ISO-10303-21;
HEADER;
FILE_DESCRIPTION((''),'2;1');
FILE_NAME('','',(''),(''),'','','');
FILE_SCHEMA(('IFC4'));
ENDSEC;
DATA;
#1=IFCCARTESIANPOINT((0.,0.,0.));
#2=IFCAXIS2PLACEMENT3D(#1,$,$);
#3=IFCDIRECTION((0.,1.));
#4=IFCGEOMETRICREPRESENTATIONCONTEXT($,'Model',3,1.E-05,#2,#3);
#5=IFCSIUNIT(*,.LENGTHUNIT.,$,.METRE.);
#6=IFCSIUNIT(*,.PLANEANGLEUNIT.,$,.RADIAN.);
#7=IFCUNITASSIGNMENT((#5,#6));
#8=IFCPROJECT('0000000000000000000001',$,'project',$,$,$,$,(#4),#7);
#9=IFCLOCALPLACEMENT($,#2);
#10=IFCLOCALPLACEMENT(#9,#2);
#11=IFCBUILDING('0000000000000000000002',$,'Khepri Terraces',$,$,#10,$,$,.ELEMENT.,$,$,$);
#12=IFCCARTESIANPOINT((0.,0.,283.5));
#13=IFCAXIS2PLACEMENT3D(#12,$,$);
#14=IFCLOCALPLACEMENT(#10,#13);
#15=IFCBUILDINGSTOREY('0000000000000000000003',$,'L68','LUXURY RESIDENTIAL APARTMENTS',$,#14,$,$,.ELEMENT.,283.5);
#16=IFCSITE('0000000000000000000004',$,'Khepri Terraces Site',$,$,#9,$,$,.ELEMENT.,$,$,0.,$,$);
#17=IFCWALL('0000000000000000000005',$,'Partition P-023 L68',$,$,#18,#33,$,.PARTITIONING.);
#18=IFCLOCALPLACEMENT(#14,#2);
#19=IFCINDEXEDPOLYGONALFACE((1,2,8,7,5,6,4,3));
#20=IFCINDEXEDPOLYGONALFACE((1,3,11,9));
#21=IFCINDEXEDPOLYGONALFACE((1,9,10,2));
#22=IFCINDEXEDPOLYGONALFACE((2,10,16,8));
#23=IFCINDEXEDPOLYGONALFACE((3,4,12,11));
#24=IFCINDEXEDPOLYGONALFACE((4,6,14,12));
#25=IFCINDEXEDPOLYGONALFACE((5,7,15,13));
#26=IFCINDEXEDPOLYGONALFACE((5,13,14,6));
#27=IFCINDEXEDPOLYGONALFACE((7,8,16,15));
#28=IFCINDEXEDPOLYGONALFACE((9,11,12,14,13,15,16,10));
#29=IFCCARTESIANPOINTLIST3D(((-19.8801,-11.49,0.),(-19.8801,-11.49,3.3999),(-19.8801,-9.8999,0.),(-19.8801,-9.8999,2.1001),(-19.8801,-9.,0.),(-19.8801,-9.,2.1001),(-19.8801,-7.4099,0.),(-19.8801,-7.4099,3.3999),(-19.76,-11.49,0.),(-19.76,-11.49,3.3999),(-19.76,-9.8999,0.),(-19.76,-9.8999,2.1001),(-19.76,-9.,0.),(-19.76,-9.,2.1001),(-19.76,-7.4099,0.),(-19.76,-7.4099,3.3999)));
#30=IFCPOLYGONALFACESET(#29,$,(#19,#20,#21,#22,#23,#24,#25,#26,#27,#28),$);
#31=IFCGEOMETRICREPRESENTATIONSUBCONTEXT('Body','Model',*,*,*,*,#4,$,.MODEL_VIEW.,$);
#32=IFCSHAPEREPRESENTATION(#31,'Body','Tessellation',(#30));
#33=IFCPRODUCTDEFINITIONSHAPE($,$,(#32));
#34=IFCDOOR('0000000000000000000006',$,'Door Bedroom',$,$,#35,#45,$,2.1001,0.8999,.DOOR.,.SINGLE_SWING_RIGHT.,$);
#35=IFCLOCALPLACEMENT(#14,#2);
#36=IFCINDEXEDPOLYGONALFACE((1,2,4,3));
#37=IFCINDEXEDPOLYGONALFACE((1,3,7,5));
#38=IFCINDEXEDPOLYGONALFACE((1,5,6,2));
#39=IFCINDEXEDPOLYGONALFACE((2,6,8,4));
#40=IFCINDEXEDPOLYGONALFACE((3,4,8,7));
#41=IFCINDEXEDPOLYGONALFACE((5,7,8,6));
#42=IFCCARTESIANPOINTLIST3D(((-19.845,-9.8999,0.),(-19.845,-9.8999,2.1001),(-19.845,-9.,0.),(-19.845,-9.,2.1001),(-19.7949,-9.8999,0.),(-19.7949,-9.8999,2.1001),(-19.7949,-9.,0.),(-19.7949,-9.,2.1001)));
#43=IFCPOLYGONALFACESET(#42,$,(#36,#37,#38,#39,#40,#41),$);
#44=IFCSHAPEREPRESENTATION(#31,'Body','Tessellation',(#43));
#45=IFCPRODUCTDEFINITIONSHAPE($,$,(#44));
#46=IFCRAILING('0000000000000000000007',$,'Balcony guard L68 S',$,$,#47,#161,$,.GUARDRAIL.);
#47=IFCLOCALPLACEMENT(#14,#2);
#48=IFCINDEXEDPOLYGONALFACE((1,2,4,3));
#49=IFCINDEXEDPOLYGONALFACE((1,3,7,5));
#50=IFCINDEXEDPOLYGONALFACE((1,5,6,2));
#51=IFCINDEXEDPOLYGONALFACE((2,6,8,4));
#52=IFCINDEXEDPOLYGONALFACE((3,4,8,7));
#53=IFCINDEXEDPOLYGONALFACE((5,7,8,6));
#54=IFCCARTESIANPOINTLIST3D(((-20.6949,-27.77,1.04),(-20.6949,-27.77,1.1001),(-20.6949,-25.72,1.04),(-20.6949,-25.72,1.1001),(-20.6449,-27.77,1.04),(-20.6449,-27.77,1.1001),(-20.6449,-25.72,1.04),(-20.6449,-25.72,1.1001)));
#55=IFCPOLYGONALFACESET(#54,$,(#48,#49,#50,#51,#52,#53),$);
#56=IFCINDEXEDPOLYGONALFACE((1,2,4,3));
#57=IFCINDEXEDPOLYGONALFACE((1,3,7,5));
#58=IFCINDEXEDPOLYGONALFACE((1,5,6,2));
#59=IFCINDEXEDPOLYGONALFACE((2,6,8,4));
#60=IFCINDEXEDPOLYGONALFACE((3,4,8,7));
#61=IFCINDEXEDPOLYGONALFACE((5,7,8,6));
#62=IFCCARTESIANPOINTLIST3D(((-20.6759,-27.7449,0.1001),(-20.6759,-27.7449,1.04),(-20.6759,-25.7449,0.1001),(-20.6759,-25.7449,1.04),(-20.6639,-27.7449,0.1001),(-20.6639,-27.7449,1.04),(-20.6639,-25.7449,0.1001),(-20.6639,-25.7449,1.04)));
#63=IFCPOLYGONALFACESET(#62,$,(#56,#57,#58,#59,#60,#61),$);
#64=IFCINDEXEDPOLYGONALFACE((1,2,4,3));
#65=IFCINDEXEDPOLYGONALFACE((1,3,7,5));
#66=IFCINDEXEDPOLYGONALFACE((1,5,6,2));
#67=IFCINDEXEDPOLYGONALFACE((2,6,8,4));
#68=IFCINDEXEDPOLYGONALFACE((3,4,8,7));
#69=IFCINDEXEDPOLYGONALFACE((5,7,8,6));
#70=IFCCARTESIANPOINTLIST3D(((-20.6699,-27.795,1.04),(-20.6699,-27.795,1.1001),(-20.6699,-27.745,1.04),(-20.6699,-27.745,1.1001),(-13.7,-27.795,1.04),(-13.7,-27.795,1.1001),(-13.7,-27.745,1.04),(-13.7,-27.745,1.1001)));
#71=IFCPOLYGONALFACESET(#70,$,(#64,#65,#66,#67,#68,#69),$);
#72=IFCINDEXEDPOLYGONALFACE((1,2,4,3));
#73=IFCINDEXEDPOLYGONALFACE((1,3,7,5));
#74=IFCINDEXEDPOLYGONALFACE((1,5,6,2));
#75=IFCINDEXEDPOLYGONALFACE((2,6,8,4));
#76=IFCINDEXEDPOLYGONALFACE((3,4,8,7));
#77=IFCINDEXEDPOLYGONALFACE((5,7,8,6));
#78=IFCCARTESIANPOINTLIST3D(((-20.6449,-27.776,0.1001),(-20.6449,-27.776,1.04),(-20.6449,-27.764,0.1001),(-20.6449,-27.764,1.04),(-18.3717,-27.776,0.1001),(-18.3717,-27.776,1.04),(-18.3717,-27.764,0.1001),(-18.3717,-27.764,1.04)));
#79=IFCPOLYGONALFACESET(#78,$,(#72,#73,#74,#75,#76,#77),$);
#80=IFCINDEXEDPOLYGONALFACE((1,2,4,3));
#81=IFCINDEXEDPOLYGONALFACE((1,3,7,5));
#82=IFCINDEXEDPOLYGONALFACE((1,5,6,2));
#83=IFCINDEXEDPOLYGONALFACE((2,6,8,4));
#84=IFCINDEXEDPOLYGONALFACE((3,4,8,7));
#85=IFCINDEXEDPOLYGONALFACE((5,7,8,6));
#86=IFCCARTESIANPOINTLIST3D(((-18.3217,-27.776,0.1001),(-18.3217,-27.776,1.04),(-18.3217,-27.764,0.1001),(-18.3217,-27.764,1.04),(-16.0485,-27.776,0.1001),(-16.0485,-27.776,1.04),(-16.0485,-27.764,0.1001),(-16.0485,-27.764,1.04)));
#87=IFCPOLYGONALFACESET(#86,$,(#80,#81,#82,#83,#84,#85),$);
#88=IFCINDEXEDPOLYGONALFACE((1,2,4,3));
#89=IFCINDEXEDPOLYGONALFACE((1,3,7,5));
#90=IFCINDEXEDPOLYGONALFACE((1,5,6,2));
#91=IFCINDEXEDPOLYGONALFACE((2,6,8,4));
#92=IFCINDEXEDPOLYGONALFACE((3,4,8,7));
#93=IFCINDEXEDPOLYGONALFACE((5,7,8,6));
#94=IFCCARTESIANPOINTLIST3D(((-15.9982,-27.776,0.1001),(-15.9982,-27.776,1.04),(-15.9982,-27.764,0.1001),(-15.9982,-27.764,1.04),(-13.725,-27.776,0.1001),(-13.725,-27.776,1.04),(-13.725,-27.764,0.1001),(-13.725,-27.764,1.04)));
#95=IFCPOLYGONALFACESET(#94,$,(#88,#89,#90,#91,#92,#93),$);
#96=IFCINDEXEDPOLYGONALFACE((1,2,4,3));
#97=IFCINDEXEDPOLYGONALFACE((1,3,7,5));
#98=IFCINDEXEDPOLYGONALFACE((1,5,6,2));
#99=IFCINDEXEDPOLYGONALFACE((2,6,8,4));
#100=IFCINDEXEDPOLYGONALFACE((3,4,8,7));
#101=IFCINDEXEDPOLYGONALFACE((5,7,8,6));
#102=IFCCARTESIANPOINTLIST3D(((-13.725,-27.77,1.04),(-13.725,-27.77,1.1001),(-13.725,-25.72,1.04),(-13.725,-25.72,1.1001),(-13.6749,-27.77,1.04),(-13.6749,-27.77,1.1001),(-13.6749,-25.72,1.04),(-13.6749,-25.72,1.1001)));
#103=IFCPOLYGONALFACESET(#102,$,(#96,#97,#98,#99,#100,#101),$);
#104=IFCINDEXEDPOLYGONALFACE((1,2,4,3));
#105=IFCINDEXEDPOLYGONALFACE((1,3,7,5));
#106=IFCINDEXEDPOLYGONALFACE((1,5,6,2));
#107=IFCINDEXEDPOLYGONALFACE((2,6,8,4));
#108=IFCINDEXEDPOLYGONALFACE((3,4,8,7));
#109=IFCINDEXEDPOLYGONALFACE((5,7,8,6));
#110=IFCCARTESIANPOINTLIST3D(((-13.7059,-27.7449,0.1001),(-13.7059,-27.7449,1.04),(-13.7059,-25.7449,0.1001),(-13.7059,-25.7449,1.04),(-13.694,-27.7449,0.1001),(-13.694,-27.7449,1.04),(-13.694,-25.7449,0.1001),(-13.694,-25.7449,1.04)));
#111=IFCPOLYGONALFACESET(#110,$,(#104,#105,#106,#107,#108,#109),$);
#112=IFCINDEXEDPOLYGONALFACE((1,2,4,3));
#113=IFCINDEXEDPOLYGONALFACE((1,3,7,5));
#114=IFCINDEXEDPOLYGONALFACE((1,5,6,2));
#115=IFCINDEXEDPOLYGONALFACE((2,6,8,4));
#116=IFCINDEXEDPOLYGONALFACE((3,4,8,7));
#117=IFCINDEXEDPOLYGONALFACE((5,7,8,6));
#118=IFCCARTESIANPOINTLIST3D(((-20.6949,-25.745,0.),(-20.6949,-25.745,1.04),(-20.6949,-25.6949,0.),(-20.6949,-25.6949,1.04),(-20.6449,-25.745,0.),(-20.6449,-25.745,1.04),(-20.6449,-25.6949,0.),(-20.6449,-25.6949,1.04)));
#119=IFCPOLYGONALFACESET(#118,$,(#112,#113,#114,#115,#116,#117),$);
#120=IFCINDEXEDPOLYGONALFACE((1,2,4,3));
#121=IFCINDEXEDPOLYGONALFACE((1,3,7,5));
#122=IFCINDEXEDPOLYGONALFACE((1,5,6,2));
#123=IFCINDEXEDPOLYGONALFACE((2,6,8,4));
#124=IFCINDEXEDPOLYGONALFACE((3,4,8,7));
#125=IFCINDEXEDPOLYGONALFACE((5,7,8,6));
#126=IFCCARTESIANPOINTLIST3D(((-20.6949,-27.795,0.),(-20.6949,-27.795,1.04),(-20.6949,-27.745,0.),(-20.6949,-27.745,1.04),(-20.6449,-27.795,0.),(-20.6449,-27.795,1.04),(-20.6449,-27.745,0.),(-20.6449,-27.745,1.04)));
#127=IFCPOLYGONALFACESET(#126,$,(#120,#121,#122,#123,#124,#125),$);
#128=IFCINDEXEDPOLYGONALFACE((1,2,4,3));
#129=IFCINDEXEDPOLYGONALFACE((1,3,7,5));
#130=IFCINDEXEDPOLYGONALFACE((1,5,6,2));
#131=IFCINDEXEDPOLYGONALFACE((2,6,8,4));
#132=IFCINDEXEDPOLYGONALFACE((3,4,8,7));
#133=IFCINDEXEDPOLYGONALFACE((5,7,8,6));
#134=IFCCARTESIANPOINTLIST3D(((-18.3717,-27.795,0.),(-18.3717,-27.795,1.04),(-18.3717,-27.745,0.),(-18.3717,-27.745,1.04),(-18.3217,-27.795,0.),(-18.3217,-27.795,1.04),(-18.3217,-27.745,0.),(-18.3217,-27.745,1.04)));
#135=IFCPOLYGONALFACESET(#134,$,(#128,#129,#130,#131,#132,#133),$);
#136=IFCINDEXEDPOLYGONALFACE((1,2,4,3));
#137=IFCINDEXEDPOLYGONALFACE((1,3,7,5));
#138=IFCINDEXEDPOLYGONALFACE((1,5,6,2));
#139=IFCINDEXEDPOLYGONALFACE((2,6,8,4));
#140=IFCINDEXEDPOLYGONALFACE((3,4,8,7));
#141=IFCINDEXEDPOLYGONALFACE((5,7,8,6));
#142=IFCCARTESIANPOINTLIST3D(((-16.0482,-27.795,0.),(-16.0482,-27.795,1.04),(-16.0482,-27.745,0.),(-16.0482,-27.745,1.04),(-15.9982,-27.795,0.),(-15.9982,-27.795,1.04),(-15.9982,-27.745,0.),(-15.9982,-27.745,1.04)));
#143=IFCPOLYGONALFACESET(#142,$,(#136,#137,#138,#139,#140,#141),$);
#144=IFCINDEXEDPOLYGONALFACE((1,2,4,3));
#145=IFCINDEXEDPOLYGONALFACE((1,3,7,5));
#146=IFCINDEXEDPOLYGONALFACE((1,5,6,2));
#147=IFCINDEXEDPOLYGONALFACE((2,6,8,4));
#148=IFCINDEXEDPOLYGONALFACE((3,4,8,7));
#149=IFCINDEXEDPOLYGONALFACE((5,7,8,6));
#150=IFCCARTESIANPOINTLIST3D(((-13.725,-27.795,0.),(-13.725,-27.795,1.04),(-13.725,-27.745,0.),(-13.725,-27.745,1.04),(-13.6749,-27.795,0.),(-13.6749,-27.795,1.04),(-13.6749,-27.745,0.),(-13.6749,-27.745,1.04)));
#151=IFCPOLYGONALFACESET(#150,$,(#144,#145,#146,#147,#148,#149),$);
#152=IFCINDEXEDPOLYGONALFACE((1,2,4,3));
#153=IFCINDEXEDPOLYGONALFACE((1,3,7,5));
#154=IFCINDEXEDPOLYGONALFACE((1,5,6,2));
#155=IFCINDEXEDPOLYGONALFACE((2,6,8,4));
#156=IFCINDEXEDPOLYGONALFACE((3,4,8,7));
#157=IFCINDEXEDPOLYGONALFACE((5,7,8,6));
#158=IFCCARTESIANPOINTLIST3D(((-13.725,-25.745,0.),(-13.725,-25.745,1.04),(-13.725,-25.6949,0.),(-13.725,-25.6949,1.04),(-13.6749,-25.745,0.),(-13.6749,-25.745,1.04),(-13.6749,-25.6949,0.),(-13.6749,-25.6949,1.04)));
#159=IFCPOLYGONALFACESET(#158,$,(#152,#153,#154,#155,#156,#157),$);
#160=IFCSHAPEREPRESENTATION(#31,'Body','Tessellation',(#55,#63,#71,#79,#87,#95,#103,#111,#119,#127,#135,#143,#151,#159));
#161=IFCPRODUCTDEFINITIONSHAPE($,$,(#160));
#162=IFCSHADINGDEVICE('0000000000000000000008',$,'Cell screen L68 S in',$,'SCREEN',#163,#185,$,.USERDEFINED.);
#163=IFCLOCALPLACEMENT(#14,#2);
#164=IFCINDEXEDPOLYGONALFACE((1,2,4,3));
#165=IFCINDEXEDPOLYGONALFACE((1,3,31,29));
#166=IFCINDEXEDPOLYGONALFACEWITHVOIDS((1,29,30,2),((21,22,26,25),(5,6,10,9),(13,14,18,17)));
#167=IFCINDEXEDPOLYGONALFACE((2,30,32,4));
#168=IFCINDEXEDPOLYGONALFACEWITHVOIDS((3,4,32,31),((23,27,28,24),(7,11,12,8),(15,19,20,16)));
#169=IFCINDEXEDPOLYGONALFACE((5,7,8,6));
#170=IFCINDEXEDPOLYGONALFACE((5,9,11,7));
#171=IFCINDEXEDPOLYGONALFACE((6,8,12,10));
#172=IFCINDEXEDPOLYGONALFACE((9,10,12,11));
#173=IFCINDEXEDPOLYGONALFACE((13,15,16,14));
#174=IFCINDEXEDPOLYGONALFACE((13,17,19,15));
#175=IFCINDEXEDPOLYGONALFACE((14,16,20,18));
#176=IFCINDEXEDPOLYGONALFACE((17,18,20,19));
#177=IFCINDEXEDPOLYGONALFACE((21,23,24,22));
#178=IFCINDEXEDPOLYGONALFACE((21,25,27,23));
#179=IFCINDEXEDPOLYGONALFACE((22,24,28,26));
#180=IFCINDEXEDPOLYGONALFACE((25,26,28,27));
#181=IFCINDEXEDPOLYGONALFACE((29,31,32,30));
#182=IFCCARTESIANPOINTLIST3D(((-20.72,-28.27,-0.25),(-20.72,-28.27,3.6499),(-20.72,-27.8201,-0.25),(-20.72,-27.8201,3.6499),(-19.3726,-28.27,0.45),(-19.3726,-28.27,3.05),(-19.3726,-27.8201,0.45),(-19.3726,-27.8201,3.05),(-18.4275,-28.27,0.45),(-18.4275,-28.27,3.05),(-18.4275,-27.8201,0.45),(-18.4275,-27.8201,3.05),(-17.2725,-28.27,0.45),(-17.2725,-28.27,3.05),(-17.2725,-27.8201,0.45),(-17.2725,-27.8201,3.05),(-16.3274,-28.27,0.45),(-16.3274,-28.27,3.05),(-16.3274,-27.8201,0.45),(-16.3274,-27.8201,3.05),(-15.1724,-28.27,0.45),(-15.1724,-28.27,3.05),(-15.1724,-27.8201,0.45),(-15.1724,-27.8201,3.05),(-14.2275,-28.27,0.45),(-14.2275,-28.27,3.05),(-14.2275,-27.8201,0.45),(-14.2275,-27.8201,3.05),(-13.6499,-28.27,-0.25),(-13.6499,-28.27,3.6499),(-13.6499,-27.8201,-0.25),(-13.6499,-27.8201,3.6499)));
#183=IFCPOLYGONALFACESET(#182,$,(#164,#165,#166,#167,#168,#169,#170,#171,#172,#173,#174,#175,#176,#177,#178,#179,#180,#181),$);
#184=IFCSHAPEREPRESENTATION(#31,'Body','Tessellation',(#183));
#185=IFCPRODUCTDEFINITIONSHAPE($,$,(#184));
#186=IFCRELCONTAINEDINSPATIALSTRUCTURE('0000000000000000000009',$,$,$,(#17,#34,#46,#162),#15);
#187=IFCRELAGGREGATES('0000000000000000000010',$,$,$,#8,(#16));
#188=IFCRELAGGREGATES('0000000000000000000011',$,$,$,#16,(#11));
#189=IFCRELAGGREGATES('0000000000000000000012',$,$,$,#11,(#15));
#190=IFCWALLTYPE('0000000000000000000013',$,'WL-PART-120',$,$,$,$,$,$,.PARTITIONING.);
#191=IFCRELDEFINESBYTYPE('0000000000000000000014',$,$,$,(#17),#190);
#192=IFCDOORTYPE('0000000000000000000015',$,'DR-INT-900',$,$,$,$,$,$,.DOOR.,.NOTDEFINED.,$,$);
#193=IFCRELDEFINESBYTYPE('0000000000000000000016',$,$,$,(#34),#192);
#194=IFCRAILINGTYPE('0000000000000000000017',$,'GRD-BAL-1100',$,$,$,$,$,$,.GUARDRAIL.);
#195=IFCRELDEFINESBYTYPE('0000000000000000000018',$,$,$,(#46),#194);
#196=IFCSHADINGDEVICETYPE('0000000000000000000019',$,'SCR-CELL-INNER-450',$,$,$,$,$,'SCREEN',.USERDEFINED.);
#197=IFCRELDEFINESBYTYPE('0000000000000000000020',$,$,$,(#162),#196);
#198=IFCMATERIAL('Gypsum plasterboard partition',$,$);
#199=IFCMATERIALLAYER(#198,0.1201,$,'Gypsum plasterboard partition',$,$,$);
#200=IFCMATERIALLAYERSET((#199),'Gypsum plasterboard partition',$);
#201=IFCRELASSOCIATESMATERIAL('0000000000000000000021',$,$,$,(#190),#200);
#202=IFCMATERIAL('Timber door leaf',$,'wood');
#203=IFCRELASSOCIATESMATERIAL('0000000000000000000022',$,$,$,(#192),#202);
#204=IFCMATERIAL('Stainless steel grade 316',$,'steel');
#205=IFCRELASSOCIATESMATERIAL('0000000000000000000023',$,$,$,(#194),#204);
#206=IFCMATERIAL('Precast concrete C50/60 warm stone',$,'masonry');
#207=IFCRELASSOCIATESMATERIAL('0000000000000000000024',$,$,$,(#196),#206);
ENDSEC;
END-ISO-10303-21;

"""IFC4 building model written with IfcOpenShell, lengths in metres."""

from ifc_helpers import new_model, si_unit, direction, frame, frame_2d, origin, origin_2d, place, context, subcontext, project, spatial, polyline, rectangle, outline, extrude, material, layer, layer_set, type_object, element, fill, save


model = new_model("IFC4")

# Units and contexts
model_context = context("Model", 3, precision=1e-05, world=origin(), true_north=direction((0.0, 1.0)))
body_context = subcontext(model_context, "Body", "Model", "MODEL_VIEW")
ifc_project = project(units=[si_unit("LENGTHUNIT", "METRE"), si_unit("PLANEANGLEUNIT", "RADIAN")], contexts=[model_context])

# Site, building, storey
site_placement = place(None, origin())
site = spatial("IfcSite", under=ifc_project, at=site_placement, Name="Khepri Terraces Site", CompositionType="ELEMENT", RefElevation=0.0)
building_placement = place(site_placement, origin())
building = spatial("IfcBuilding", under=site, at=building_placement, Name="Khepri Terraces", CompositionType="ELEMENT")
storey_placement = place(building_placement, frame((0.0, 0.0, 283.5)))
storey = spatial("IfcBuildingStorey", under=building, at=storey_placement, Name="L68", Description="LUXURY RESIDENTIAL APARTMENTS", CompositionType="ELEMENT", Elevation=283.5)

# Shared definitions
ifc_material_1 = material(Name="Precast concrete C50/60 warm stone", Category="masonry")

# Shared definitions
ifc_material_2 = material(Name="Gypsum plasterboard partition")
ifc_layer_1 = layer(ifc_material_2, 0.1201, Name="Gypsum plasterboard partition")
ifc_layer_set_1 = layer_set([ifc_layer_1], Name="Gypsum plasterboard partition")
wall_type_1 = type_object("IfcWallType", Name="WL-PART-120", PredefinedType="PARTITIONING", material=ifc_layer_set_1)

# Wall, opening, door
wall_1_placement = place(storey_placement, frame((-19.8201, -11.49, 0.0), z_axis=(0.0, 0.0, 1.0), x_axis=(0.0, 1.0, 0.0)))
wall_1 = element("IfcWall", 1, at=wall_1_placement, inside=storey, type_object=wall_type_1, Name="Partition P-023 L68", PredefinedType="PARTITIONING", context=body_context, shape_type="SweptSolid", body=[
    extrude(rectangle(XDim=4.0801, YDim=0.1201, at=frame_2d((2.04, 0.0))), origin(), (0.0, 0.0, 1.0), 3.3999),
])
opening_1_placement = place(wall_1_placement, frame((1.5901, 0.0, 0.0)))
opening_1 = element("IfcOpeningElement", 2, at=opening_1_placement, cuts=wall_1, PredefinedType="OPENING", context=body_context, shape_type="SweptSolid", body=[
    extrude(rectangle(XDim=0.8999, YDim=2.1001, at=frame_2d((0.45, 1.05))), frame((0.0, 0.0701, 0.0), z_axis=(0.0, -1.0, 0.0), x_axis=(1.0, 0.0, 0.0)), (0.0, 0.0, 1.0), 0.1401),
])
ifc_material_3 = material(Name="Timber door leaf", Category="wood")
door_type_1 = type_object("IfcDoorType", Name="DR-INT-900", OperationType="NOTDEFINED", PredefinedType="DOOR", material=ifc_material_3)
door_1_placement = place(opening_1_placement, origin())
door_1 = element("IfcDoor", 3, at=door_1_placement, inside=storey, type_object=door_type_1, Name="Door Bedroom", OperationType="SINGLE_SWING_RIGHT", OverallHeight=2.1001, OverallWidth=0.8999, PredefinedType="DOOR", context=body_context, shape_type="SweptSolid", body=[
    extrude(rectangle(XDim=0.8999, YDim=2.1001, at=frame_2d((0.45, 1.05))), frame((0.0, 0.0249, 0.0), z_axis=(0.0, -1.0, 0.0), x_axis=(1.0, 0.0, 0.0)), (0.0, 0.0, 1.0), 0.05),
])
fill(opening_1, door_1)

# Railing
ifc_material_4 = material(Name="Stainless steel grade 316", Category="steel")
railing_type = type_object("IfcRailingType", Name="GRD-BAL-1100", PredefinedType="GUARDRAIL", material=ifc_material_4)
railing_placement = place(storey_placement, frame((-20.6699, -25.72, 0.0)))
element("IfcRailing", 4, at=railing_placement, inside=storey, type_object=railing_type, Name="Balcony guard L68 S", PredefinedType="GUARDRAIL", context=body_context, shape_type="SweptSolid", body=[
    extrude(rectangle(XDim=0.05, YDim=0.0601, at=origin_2d()), frame((0.0, 0.0, 1.0701), z_axis=(0.0, -1.0, 0.0), x_axis=(1.0, 0.0, 0.0)), (0.0, 0.0, 1.0), 2.05),
    extrude(rectangle(XDim=2.0, YDim=0.012, at=origin_2d()), frame((0.0, -1.0249, 0.1001), z_axis=(0.0, 0.0, 1.0), x_axis=(0.0, -1.0, 0.0)), (0.0, 0.0, 1.0), 0.9399),
    extrude(rectangle(XDim=0.05, YDim=0.0601, at=origin_2d()), frame((0.0, -2.05, 1.0701), z_axis=(1.0, 0.0, 0.0), x_axis=(0.0, 1.0, 0.0)), (0.0, 0.0, 1.0), 6.97),
    extrude(rectangle(XDim=2.2732, YDim=0.012, at=origin_2d()), frame((1.1616, -2.05, 0.1001), z_axis=(0.0, 0.0, 1.0), x_axis=(1.0, 0.0, 0.0)), (0.0, 0.0, 1.0), 0.9399),
    extrude(rectangle(XDim=2.2732, YDim=0.012, at=origin_2d()), frame((3.4849, -2.05, 0.1001), z_axis=(0.0, 0.0, 1.0), x_axis=(1.0, 0.0, 0.0)), (0.0, 0.0, 1.0), 0.9399),
    extrude(rectangle(XDim=2.2732, YDim=0.012, at=origin_2d()), frame((5.8083, -2.05, 0.1001), z_axis=(0.0, 0.0, 1.0), x_axis=(1.0, 0.0, 0.0)), (0.0, 0.0, 1.0), 0.9399),
    extrude(rectangle(XDim=0.05, YDim=0.0601, at=origin_2d()), frame((6.97, -2.05, 1.0701), z_axis=(0.0, 1.0, 0.0), x_axis=(-1.0, 0.0, 0.0)), (0.0, 0.0, 1.0), 2.05),
    extrude(rectangle(XDim=2.0, YDim=0.012, at=origin_2d()), frame((6.97, -1.0249, 0.1001), z_axis=(0.0, 0.0, 1.0), x_axis=(0.0, 1.0, 0.0)), (0.0, 0.0, 1.0), 0.9399),
    extrude(rectangle(XDim=0.05, YDim=0.05, at=origin_2d()), origin(), (0.0, 0.0, 1.0), 1.04),
    extrude(rectangle(XDim=0.05, YDim=0.05, at=origin_2d()), frame((0.0, -2.05, 0.0)), (0.0, 0.0, 1.0), 1.04),
    extrude(rectangle(XDim=0.05, YDim=0.05, at=origin_2d()), frame((2.3232, -2.05, 0.0)), (0.0, 0.0, 1.0), 1.04),
    extrude(rectangle(XDim=0.05, YDim=0.05, at=origin_2d()), frame((4.6467, -2.05, 0.0)), (0.0, 0.0, 1.0), 1.04),
    extrude(rectangle(XDim=0.05, YDim=0.05, at=origin_2d()), frame((6.97, -2.05, 0.0)), (0.0, 0.0, 1.0), 1.04),
    extrude(rectangle(XDim=0.05, YDim=0.05, at=origin_2d()), frame((6.97, 0.0, 0.0)), (0.0, 0.0, 1.0), 1.04),
])

# Shading device
shading_device_type_1 = type_object("IfcShadingDeviceType", Name="SCR-CELL-INNER-450", ElementType="SCREEN", PredefinedType="USERDEFINED", material=ifc_material_1)
shading_device_1_placement = place(storey_placement, frame((-20.72, -27.8201, -0.25), z_axis=(0.0, -1.0, 0.0), x_axis=(1.0, 0.0, 0.0)))
element("IfcShadingDevice", 5, at=shading_device_1_placement, inside=storey, type_object=shading_device_type_1, Name="Cell screen L68 S in", ObjectType="SCREEN", PredefinedType="USERDEFINED", context=body_context, shape_type="SweptSolid", body=[
    extrude(outline(polyline([(0.0, 0.0), (7.0701, 0.0), (7.0701, 3.8999), (0.0, 3.8999), (0.0, 0.0)]), holes=[polyline([(1.3474, 0.7), (2.2925, 0.7), (2.2925, 3.3), (1.3474, 3.3), (1.3474, 0.7)]), polyline([(3.4475, 0.7), (4.3926, 0.7), (4.3926, 3.3), (3.4475, 3.3), (3.4475, 0.7)]), polyline([(5.5476, 0.7), (6.4924, 0.7), (6.4924, 3.3), (5.5476, 3.3), (5.5476, 0.7)])]), origin(), (0.0, 0.0, 1.0), 0.45),
])

save(model, "model.ifc")
